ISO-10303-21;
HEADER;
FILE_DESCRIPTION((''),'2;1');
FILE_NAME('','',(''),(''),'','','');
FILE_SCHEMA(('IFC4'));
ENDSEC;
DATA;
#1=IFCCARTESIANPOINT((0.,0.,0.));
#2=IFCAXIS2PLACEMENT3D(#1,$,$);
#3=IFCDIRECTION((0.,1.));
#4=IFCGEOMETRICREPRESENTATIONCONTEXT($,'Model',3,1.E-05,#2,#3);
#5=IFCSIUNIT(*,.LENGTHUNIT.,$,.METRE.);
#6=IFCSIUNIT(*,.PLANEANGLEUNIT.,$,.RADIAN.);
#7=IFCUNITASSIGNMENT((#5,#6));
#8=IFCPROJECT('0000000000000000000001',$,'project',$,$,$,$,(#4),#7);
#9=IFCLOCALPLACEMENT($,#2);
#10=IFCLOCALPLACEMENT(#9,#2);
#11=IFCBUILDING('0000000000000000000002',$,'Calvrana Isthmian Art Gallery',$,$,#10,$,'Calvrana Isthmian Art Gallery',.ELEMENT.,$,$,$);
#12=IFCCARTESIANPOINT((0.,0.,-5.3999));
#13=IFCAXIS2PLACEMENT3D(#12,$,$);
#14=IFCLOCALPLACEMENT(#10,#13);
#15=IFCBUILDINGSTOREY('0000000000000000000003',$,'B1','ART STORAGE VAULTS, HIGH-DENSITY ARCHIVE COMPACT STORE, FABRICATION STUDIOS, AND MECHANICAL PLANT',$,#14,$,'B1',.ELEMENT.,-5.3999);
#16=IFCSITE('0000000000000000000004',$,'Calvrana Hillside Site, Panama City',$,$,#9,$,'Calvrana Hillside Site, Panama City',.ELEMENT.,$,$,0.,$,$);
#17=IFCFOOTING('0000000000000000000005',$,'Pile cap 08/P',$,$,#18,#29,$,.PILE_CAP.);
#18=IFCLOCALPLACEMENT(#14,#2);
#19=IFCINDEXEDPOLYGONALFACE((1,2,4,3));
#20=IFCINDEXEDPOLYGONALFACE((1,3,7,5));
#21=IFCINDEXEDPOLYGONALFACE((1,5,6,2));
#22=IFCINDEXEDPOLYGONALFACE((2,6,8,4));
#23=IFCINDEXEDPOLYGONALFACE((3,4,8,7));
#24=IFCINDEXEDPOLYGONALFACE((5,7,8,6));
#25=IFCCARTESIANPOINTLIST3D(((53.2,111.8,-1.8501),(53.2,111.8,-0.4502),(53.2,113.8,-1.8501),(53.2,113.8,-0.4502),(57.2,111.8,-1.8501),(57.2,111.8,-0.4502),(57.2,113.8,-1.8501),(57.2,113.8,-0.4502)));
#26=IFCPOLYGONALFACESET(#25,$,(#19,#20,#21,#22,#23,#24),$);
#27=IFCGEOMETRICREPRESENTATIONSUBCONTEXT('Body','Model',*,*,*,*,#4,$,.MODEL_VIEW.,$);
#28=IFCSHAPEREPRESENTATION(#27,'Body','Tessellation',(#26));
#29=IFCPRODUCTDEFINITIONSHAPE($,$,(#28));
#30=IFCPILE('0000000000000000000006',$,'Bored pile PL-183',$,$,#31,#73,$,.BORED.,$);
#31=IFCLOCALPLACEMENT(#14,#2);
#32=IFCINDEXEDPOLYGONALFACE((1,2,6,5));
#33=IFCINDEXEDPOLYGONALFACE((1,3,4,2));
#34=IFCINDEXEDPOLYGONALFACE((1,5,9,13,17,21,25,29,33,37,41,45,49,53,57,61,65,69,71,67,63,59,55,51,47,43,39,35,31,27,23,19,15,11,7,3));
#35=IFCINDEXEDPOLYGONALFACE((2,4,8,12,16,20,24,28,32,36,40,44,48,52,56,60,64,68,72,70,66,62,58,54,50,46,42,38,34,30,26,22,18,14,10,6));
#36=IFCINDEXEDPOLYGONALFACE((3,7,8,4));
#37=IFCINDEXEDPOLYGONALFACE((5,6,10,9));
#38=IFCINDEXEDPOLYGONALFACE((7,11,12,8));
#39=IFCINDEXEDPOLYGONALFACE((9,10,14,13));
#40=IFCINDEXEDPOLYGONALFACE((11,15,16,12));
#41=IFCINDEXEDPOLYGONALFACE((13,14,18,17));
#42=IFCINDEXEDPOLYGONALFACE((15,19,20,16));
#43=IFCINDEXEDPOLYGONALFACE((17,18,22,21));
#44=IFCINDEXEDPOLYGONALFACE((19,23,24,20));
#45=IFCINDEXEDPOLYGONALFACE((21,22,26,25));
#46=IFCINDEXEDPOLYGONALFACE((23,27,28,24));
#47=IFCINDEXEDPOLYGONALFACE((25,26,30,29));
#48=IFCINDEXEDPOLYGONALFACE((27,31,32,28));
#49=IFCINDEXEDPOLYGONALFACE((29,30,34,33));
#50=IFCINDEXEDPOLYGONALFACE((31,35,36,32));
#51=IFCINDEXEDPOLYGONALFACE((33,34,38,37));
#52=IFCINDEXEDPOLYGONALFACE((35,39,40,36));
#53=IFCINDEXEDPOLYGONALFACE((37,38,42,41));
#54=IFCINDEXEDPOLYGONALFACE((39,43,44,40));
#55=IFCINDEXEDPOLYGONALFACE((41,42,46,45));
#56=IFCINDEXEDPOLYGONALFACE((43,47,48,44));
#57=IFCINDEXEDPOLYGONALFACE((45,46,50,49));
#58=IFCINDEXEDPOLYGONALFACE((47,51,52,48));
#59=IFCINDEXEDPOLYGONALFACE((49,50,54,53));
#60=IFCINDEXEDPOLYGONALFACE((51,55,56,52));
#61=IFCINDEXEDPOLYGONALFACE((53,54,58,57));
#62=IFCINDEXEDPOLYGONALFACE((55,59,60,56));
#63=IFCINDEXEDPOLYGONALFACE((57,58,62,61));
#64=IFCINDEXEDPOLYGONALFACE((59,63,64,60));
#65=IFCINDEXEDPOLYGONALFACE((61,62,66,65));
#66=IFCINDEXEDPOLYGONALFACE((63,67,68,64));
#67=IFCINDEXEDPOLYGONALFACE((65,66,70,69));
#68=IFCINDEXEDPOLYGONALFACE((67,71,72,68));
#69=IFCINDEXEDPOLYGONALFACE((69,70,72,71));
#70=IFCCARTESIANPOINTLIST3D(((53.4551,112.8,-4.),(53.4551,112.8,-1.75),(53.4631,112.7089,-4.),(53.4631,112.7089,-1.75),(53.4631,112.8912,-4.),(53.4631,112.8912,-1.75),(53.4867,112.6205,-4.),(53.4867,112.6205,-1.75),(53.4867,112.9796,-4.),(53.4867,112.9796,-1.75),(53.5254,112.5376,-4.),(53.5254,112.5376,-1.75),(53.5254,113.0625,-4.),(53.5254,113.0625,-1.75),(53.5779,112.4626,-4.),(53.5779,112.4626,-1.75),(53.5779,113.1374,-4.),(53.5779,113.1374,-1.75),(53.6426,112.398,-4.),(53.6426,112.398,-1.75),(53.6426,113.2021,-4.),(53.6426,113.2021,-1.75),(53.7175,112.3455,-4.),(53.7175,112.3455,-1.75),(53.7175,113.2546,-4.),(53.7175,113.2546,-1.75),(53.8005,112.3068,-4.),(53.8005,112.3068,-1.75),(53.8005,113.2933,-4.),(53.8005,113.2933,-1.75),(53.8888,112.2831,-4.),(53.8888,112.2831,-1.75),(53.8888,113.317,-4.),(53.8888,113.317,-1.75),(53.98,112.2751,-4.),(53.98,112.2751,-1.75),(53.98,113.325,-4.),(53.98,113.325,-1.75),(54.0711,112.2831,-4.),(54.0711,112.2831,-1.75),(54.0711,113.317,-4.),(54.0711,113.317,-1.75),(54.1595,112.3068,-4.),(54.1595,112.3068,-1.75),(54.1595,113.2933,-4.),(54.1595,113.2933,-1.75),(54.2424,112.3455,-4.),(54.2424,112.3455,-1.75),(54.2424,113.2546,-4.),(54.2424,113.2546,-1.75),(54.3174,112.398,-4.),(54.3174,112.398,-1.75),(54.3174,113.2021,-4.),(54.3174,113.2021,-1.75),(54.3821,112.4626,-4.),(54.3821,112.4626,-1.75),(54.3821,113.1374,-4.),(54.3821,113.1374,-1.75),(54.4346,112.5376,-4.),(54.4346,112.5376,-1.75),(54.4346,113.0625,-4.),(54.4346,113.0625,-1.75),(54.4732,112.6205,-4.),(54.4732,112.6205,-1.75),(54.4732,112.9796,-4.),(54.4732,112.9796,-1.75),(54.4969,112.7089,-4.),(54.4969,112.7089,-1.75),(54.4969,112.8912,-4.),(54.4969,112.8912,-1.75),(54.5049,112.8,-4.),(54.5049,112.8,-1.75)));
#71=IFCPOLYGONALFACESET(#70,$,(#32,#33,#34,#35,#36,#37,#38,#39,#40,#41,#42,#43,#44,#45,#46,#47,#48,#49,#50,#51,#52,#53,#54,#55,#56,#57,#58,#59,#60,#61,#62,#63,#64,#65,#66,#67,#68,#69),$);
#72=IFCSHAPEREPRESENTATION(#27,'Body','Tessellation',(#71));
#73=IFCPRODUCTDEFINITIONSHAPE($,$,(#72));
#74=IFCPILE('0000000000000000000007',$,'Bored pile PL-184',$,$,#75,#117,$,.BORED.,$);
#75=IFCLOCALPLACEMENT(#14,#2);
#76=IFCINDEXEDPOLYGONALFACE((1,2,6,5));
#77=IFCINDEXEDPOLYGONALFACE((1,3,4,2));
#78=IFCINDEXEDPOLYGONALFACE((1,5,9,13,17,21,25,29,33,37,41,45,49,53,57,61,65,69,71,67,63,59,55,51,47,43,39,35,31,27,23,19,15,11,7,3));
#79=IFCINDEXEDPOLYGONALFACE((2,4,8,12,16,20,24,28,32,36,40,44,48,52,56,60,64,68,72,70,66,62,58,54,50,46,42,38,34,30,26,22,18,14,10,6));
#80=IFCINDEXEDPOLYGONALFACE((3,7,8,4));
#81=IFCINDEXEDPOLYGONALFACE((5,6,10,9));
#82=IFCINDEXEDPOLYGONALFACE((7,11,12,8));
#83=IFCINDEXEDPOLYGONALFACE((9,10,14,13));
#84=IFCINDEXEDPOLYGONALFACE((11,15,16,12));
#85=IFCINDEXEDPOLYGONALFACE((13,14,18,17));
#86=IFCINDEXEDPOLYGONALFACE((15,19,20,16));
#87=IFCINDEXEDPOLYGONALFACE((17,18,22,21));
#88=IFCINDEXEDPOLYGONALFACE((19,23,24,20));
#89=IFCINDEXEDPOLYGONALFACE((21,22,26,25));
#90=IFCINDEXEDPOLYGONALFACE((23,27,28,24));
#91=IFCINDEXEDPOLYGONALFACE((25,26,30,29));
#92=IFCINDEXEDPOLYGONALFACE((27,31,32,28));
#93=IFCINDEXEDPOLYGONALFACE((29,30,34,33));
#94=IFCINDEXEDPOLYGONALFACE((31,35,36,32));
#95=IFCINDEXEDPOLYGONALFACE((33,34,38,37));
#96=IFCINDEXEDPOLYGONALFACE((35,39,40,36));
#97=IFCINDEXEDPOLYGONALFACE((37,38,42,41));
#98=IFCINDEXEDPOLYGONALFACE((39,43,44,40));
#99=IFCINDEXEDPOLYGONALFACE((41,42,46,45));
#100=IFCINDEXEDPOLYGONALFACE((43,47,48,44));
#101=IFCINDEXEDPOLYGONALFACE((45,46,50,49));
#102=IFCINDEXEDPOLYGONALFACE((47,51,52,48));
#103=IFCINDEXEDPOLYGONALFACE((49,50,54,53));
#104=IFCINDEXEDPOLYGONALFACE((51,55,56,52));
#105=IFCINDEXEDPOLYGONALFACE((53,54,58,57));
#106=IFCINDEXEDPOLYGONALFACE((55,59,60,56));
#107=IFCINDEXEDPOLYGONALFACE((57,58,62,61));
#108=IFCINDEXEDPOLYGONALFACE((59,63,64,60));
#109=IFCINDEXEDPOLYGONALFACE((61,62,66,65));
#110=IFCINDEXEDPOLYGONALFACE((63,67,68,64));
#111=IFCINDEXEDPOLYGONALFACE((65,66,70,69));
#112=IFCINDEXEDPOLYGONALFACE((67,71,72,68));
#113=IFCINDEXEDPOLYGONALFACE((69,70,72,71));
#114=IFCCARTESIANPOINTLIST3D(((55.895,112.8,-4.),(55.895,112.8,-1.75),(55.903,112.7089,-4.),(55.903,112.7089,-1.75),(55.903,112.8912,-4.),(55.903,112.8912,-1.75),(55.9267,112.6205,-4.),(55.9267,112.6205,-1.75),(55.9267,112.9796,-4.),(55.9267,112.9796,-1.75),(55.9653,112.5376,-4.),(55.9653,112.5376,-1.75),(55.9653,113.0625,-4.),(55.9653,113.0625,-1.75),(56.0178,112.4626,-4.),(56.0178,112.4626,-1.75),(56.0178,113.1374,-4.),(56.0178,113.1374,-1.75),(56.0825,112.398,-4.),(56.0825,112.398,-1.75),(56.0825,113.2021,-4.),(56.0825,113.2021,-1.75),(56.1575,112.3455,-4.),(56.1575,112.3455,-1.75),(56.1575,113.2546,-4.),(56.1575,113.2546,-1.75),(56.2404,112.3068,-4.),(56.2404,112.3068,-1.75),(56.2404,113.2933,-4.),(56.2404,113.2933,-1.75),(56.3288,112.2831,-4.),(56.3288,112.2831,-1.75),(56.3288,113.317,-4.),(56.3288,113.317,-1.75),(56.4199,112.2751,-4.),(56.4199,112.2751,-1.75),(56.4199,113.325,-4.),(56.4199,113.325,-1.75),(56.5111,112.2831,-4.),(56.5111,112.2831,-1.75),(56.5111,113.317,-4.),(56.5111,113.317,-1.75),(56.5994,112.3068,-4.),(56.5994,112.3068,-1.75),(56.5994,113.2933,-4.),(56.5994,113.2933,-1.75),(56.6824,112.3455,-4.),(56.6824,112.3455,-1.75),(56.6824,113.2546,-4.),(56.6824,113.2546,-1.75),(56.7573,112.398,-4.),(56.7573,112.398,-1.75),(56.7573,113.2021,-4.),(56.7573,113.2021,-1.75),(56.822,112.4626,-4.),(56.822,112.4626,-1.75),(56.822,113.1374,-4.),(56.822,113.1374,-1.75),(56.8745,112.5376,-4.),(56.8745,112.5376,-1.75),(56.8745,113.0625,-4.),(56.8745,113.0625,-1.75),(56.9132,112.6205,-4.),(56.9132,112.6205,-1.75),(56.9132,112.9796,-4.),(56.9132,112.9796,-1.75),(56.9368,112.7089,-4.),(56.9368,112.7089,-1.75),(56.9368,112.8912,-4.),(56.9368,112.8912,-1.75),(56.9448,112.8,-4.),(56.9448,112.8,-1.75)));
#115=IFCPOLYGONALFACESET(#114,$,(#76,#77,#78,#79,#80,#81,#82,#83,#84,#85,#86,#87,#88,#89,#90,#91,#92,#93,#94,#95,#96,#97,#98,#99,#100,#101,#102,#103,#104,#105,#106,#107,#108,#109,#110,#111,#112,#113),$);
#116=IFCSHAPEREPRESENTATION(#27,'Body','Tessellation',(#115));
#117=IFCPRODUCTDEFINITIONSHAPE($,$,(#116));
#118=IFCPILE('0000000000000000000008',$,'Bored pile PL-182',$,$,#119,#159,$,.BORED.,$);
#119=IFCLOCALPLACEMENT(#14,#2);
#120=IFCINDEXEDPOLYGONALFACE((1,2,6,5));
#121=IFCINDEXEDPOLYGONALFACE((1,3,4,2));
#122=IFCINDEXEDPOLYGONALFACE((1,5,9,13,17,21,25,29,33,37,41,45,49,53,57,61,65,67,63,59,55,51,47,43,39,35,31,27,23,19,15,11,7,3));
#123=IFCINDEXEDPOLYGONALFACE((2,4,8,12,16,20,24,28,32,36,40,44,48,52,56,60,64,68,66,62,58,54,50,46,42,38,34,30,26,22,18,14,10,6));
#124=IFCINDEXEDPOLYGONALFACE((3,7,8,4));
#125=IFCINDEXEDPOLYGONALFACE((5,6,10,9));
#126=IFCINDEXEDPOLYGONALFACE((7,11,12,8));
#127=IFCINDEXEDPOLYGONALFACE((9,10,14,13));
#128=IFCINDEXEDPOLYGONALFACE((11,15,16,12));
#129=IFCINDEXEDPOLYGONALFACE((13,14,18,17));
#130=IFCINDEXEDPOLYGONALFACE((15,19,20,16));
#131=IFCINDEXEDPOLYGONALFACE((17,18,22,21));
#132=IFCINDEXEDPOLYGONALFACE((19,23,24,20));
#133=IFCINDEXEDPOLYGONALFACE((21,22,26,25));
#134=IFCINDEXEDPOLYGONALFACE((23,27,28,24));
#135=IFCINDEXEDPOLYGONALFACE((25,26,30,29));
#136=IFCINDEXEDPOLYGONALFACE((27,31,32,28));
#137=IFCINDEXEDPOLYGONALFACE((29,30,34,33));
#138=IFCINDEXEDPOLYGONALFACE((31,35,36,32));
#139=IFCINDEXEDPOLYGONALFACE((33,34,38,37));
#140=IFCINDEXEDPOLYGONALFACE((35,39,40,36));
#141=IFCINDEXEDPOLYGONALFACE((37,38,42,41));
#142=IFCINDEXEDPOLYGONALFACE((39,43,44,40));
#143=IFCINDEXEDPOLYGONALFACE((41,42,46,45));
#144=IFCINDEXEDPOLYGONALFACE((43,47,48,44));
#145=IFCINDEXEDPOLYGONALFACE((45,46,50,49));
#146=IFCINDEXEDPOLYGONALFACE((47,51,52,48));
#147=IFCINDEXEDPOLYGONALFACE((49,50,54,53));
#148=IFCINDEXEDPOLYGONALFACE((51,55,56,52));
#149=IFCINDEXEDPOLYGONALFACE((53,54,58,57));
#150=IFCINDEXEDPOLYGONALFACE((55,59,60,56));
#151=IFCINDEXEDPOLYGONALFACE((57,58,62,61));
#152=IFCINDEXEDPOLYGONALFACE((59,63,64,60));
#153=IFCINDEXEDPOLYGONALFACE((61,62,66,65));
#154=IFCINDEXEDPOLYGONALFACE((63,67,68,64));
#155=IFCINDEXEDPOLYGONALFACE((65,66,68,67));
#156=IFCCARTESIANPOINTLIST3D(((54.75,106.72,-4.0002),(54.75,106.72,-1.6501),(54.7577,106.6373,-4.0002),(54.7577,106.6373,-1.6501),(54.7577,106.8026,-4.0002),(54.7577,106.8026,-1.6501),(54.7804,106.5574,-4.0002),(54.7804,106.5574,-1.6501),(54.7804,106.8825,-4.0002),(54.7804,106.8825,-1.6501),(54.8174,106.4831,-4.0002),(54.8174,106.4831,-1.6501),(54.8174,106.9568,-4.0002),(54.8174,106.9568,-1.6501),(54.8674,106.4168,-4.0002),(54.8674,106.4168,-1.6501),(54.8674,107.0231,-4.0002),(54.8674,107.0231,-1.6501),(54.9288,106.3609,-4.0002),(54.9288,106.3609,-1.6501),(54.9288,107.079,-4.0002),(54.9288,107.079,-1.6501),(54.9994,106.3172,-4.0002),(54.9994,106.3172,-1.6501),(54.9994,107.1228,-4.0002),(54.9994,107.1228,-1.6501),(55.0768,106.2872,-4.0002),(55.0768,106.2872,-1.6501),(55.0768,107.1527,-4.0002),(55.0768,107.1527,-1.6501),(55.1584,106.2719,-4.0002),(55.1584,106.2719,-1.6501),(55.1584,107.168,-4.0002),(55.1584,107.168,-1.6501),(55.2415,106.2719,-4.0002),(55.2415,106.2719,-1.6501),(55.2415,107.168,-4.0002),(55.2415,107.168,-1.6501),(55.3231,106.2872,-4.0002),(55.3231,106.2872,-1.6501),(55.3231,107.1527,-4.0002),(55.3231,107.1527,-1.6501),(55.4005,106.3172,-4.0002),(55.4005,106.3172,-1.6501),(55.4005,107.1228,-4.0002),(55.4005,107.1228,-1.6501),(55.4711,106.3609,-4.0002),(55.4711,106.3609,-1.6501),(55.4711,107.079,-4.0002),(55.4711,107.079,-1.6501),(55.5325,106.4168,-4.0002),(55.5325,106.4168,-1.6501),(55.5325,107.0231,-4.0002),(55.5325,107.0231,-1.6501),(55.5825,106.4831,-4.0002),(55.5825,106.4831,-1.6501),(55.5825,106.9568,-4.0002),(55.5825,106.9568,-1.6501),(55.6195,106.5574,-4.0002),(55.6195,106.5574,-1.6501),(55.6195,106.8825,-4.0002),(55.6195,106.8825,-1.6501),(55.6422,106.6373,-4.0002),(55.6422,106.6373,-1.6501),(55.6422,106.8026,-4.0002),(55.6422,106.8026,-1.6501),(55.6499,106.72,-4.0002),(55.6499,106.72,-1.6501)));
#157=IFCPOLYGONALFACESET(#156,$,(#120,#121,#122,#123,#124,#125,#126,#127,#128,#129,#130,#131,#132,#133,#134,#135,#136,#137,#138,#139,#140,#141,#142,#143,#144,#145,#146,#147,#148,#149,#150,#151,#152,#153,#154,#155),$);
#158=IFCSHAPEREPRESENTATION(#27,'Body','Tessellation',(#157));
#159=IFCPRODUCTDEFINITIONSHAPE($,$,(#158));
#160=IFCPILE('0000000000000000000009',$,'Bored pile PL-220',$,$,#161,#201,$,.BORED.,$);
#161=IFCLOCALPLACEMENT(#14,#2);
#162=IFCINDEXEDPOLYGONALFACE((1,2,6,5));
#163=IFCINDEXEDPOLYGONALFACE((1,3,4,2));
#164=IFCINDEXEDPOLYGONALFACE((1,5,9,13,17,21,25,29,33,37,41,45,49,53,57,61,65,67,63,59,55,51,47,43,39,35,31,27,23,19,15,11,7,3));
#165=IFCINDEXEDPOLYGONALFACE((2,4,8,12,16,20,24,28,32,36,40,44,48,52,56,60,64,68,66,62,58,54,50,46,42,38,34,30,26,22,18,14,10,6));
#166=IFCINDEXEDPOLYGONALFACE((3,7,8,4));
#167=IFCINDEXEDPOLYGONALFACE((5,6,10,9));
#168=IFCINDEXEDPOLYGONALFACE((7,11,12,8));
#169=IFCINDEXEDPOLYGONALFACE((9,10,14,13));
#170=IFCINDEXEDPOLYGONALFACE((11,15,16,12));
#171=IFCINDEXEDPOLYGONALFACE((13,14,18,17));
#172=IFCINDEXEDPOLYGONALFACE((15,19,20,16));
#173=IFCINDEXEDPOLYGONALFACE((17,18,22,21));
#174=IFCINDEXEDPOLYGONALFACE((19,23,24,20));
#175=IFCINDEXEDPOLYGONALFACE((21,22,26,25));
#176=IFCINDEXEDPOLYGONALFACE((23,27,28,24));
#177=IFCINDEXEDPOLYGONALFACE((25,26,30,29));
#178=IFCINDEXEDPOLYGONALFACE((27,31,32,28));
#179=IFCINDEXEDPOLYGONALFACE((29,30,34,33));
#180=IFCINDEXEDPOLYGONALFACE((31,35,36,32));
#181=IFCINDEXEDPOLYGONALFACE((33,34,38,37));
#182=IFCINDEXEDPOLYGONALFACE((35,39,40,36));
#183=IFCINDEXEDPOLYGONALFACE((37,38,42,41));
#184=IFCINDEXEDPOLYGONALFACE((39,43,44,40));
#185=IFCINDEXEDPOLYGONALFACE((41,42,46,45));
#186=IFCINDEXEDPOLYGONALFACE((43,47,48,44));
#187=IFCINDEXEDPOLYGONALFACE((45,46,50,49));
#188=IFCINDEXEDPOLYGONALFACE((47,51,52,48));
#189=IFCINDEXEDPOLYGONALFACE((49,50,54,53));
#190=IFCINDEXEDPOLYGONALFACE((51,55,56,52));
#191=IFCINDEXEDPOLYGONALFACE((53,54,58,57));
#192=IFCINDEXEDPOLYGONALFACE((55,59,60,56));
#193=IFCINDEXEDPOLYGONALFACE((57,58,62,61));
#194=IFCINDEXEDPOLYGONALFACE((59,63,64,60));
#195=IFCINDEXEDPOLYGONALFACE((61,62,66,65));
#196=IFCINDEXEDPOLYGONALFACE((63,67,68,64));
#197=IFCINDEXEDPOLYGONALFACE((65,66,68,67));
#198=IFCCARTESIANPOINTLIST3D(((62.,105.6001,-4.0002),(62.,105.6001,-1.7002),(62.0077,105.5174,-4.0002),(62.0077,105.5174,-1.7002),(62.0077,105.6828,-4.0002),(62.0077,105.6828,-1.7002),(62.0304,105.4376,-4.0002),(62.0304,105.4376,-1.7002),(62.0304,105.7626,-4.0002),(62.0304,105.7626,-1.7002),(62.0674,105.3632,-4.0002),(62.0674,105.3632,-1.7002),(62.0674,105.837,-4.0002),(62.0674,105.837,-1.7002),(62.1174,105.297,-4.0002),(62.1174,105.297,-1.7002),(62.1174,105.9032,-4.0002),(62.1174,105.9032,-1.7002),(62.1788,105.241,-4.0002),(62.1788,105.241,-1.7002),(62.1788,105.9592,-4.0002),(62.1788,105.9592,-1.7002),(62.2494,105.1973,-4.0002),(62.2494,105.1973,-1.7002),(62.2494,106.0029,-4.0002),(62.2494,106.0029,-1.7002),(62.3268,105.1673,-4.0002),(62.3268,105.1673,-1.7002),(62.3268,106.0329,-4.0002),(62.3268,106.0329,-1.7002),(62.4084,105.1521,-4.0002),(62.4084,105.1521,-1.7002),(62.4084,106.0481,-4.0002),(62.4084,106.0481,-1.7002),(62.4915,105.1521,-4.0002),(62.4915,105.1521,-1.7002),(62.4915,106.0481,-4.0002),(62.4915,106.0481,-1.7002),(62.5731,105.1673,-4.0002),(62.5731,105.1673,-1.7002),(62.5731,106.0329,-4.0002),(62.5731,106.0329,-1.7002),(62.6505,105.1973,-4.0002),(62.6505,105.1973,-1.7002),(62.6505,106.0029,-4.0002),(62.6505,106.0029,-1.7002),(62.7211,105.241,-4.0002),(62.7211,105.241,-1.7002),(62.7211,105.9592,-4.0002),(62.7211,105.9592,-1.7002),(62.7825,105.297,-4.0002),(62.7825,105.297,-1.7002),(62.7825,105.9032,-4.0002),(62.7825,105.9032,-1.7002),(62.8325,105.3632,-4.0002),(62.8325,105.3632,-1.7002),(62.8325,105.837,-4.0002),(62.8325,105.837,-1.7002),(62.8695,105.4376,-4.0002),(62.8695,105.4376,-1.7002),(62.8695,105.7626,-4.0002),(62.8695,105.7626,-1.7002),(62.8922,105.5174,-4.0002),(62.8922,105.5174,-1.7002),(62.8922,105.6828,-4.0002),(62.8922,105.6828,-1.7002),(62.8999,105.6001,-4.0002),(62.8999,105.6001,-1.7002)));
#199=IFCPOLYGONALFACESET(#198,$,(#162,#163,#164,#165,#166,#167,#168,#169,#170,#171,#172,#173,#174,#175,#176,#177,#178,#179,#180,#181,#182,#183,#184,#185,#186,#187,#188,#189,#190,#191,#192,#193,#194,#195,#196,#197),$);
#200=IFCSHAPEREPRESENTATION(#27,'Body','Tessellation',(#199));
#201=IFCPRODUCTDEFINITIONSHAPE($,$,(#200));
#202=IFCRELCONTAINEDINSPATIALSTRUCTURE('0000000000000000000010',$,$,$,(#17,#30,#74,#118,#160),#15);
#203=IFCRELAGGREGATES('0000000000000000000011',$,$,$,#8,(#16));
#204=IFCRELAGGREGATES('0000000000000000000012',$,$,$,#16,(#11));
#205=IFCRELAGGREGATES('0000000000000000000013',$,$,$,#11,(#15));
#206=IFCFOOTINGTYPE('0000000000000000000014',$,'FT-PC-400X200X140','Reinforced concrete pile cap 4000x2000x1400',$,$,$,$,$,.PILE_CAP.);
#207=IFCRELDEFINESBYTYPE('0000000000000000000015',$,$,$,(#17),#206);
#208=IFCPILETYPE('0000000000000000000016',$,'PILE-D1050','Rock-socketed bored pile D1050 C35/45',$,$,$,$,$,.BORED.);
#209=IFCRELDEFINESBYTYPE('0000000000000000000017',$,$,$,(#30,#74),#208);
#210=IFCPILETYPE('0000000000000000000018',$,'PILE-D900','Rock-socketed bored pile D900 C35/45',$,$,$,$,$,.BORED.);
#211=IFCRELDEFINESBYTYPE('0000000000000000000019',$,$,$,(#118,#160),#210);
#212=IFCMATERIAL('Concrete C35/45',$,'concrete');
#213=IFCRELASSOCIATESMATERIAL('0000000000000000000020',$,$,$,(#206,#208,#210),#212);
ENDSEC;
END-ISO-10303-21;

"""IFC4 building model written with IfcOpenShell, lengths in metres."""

from ifc_helpers import new_model, si_unit, direction, frame, origin, origin_2d, place, context, subcontext, project, spatial, rectangle, circle, extrude, material, material_profile, profile_set, type_object, element, save


model = new_model("IFC4")

# Units and contexts
model_context = context("Model", 3, precision=1e-05, world=origin(), true_north=direction((0.0, 1.0)))
body_context = subcontext(model_context, "Body", "Model", "MODEL_VIEW")
ifc_project = project(units=[si_unit("LENGTHUNIT", "METRE"), si_unit("PLANEANGLEUNIT", "RADIAN")], contexts=[model_context])

# Site, building, storey
site_placement = place(None, origin())
site = spatial("IfcSite", under=ifc_project, at=site_placement, Name="Calvrana Hillside Site, Panama City", LongName="Calvrana Hillside Site, Panama City", CompositionType="ELEMENT", RefElevation=0.0)
building_placement = place(site_placement, origin())
building = spatial("IfcBuilding", under=site, at=building_placement, Name="Calvrana Isthmian Art Gallery", LongName="Calvrana Isthmian Art Gallery", CompositionType="ELEMENT")
storey_placement = place(building_placement, frame((0.0, 0.0, -5.3999)))
storey = spatial("IfcBuildingStorey", under=building, at=storey_placement, Name="B1", Description="ART STORAGE VAULTS, HIGH-DENSITY ARCHIVE COMPACT STORE, FABRICATION STUDIOS, AND MECHANICAL PLANT", LongName="B1", CompositionType="ELEMENT", Elevation=-5.3999)

# Footing
ifc_material_1 = material(Name="Concrete C35/45", Category="concrete")
footing_type = type_object("IfcFootingType", Name="FT-PC-400X200X140", Description="Reinforced concrete pile cap 4000x2000x1400", PredefinedType="PILE_CAP", material=ifc_material_1)
footing_placement = place(storey_placement, frame((55.2, 112.8, -1.8501), z_axis=(0.0, 0.0, 1.0), x_axis=(1.0, 0.0, 0.0)))
element("IfcFooting", 1, at=footing_placement, inside=storey, type_object=footing_type, Name="Pile cap 08/P", PredefinedType="PILE_CAP", context=body_context, shape_type="SweptSolid", body=[
    extrude(rectangle(XDim=4.0, YDim=2.0, at=origin_2d()), origin(), (0.0, 0.0, 1.0), 1.3999),
])

# Piles
ifc_material_profile_1 = material_profile(ifc_material_1, circle(Radius=0.5249, at=origin_2d()), Name="PILE1050D")
ifc_profile_set_1 = profile_set([ifc_material_profile_1], Name="Concrete C35/45")
pile_type_1 = type_object("IfcPileType", Name="PILE-D1050", Description="Rock-socketed bored pile D1050 C35/45", PredefinedType="BORED", material=ifc_profile_set_1)
for number, where, z_axis, x_axis, name in (
    (2, (53.98, 112.8, -1.75), (0.0, 0.0, -1.0), (1.0, 0.0, 0.0), "Bored pile PL-183"),
    (3, (56.4199, 112.8, -1.75), (0.0, 0.0, -1.0), (1.0, 0.0, 0.0), "Bored pile PL-184"),
):
    element("IfcPile", number, at=place(storey_placement, frame(where, z_axis=z_axis, x_axis=x_axis)), inside=storey, type_object=pile_type_1, Name=name, PredefinedType="BORED", context=body_context, shape_type="SweptSolid", body=[
        extrude(circle(Radius=0.5249, at=origin_2d()), origin(), (0.0, 0.0, 1.0), 2.25),
    ])
ifc_material_profile_2 = material_profile(ifc_material_1, circle(Radius=0.45, at=origin_2d()), Name="PILE900D")
ifc_profile_set_2 = profile_set([ifc_material_profile_2], Name="Concrete C35/45")
pile_type_2 = type_object("IfcPileType", Name="PILE-D900", Description="Rock-socketed bored pile D900 C35/45", PredefinedType="BORED", material=ifc_profile_set_2)
pile_1_placement = place(storey_placement, frame((55.2, 106.72, -1.6501), z_axis=(0.0, 0.0, -1.0), x_axis=(1.0, 0.0, 0.0)))
element("IfcPile", 4, at=pile_1_placement, inside=storey, type_object=pile_type_2, Name="Bored pile PL-182", PredefinedType="BORED", context=body_context, shape_type="SweptSolid", body=[
    extrude(circle(Radius=0.45, at=origin_2d()), origin(), (0.0, 0.0, 1.0), 2.3501),
])
pile_2_placement = place(storey_placement, frame((62.45, 105.6001, -1.7002), z_axis=(0.0, 0.0, -1.0), x_axis=(1.0, 0.0, 0.0)))
element("IfcPile", 5, at=pile_2_placement, inside=storey, type_object=pile_type_2, Name="Bored pile PL-220", PredefinedType="BORED", context=body_context, shape_type="SweptSolid", body=[
    extrude(circle(Radius=0.45, at=origin_2d()), origin(), (0.0, 0.0, 1.0), 2.3),
])

save(model, "model.ifc")
